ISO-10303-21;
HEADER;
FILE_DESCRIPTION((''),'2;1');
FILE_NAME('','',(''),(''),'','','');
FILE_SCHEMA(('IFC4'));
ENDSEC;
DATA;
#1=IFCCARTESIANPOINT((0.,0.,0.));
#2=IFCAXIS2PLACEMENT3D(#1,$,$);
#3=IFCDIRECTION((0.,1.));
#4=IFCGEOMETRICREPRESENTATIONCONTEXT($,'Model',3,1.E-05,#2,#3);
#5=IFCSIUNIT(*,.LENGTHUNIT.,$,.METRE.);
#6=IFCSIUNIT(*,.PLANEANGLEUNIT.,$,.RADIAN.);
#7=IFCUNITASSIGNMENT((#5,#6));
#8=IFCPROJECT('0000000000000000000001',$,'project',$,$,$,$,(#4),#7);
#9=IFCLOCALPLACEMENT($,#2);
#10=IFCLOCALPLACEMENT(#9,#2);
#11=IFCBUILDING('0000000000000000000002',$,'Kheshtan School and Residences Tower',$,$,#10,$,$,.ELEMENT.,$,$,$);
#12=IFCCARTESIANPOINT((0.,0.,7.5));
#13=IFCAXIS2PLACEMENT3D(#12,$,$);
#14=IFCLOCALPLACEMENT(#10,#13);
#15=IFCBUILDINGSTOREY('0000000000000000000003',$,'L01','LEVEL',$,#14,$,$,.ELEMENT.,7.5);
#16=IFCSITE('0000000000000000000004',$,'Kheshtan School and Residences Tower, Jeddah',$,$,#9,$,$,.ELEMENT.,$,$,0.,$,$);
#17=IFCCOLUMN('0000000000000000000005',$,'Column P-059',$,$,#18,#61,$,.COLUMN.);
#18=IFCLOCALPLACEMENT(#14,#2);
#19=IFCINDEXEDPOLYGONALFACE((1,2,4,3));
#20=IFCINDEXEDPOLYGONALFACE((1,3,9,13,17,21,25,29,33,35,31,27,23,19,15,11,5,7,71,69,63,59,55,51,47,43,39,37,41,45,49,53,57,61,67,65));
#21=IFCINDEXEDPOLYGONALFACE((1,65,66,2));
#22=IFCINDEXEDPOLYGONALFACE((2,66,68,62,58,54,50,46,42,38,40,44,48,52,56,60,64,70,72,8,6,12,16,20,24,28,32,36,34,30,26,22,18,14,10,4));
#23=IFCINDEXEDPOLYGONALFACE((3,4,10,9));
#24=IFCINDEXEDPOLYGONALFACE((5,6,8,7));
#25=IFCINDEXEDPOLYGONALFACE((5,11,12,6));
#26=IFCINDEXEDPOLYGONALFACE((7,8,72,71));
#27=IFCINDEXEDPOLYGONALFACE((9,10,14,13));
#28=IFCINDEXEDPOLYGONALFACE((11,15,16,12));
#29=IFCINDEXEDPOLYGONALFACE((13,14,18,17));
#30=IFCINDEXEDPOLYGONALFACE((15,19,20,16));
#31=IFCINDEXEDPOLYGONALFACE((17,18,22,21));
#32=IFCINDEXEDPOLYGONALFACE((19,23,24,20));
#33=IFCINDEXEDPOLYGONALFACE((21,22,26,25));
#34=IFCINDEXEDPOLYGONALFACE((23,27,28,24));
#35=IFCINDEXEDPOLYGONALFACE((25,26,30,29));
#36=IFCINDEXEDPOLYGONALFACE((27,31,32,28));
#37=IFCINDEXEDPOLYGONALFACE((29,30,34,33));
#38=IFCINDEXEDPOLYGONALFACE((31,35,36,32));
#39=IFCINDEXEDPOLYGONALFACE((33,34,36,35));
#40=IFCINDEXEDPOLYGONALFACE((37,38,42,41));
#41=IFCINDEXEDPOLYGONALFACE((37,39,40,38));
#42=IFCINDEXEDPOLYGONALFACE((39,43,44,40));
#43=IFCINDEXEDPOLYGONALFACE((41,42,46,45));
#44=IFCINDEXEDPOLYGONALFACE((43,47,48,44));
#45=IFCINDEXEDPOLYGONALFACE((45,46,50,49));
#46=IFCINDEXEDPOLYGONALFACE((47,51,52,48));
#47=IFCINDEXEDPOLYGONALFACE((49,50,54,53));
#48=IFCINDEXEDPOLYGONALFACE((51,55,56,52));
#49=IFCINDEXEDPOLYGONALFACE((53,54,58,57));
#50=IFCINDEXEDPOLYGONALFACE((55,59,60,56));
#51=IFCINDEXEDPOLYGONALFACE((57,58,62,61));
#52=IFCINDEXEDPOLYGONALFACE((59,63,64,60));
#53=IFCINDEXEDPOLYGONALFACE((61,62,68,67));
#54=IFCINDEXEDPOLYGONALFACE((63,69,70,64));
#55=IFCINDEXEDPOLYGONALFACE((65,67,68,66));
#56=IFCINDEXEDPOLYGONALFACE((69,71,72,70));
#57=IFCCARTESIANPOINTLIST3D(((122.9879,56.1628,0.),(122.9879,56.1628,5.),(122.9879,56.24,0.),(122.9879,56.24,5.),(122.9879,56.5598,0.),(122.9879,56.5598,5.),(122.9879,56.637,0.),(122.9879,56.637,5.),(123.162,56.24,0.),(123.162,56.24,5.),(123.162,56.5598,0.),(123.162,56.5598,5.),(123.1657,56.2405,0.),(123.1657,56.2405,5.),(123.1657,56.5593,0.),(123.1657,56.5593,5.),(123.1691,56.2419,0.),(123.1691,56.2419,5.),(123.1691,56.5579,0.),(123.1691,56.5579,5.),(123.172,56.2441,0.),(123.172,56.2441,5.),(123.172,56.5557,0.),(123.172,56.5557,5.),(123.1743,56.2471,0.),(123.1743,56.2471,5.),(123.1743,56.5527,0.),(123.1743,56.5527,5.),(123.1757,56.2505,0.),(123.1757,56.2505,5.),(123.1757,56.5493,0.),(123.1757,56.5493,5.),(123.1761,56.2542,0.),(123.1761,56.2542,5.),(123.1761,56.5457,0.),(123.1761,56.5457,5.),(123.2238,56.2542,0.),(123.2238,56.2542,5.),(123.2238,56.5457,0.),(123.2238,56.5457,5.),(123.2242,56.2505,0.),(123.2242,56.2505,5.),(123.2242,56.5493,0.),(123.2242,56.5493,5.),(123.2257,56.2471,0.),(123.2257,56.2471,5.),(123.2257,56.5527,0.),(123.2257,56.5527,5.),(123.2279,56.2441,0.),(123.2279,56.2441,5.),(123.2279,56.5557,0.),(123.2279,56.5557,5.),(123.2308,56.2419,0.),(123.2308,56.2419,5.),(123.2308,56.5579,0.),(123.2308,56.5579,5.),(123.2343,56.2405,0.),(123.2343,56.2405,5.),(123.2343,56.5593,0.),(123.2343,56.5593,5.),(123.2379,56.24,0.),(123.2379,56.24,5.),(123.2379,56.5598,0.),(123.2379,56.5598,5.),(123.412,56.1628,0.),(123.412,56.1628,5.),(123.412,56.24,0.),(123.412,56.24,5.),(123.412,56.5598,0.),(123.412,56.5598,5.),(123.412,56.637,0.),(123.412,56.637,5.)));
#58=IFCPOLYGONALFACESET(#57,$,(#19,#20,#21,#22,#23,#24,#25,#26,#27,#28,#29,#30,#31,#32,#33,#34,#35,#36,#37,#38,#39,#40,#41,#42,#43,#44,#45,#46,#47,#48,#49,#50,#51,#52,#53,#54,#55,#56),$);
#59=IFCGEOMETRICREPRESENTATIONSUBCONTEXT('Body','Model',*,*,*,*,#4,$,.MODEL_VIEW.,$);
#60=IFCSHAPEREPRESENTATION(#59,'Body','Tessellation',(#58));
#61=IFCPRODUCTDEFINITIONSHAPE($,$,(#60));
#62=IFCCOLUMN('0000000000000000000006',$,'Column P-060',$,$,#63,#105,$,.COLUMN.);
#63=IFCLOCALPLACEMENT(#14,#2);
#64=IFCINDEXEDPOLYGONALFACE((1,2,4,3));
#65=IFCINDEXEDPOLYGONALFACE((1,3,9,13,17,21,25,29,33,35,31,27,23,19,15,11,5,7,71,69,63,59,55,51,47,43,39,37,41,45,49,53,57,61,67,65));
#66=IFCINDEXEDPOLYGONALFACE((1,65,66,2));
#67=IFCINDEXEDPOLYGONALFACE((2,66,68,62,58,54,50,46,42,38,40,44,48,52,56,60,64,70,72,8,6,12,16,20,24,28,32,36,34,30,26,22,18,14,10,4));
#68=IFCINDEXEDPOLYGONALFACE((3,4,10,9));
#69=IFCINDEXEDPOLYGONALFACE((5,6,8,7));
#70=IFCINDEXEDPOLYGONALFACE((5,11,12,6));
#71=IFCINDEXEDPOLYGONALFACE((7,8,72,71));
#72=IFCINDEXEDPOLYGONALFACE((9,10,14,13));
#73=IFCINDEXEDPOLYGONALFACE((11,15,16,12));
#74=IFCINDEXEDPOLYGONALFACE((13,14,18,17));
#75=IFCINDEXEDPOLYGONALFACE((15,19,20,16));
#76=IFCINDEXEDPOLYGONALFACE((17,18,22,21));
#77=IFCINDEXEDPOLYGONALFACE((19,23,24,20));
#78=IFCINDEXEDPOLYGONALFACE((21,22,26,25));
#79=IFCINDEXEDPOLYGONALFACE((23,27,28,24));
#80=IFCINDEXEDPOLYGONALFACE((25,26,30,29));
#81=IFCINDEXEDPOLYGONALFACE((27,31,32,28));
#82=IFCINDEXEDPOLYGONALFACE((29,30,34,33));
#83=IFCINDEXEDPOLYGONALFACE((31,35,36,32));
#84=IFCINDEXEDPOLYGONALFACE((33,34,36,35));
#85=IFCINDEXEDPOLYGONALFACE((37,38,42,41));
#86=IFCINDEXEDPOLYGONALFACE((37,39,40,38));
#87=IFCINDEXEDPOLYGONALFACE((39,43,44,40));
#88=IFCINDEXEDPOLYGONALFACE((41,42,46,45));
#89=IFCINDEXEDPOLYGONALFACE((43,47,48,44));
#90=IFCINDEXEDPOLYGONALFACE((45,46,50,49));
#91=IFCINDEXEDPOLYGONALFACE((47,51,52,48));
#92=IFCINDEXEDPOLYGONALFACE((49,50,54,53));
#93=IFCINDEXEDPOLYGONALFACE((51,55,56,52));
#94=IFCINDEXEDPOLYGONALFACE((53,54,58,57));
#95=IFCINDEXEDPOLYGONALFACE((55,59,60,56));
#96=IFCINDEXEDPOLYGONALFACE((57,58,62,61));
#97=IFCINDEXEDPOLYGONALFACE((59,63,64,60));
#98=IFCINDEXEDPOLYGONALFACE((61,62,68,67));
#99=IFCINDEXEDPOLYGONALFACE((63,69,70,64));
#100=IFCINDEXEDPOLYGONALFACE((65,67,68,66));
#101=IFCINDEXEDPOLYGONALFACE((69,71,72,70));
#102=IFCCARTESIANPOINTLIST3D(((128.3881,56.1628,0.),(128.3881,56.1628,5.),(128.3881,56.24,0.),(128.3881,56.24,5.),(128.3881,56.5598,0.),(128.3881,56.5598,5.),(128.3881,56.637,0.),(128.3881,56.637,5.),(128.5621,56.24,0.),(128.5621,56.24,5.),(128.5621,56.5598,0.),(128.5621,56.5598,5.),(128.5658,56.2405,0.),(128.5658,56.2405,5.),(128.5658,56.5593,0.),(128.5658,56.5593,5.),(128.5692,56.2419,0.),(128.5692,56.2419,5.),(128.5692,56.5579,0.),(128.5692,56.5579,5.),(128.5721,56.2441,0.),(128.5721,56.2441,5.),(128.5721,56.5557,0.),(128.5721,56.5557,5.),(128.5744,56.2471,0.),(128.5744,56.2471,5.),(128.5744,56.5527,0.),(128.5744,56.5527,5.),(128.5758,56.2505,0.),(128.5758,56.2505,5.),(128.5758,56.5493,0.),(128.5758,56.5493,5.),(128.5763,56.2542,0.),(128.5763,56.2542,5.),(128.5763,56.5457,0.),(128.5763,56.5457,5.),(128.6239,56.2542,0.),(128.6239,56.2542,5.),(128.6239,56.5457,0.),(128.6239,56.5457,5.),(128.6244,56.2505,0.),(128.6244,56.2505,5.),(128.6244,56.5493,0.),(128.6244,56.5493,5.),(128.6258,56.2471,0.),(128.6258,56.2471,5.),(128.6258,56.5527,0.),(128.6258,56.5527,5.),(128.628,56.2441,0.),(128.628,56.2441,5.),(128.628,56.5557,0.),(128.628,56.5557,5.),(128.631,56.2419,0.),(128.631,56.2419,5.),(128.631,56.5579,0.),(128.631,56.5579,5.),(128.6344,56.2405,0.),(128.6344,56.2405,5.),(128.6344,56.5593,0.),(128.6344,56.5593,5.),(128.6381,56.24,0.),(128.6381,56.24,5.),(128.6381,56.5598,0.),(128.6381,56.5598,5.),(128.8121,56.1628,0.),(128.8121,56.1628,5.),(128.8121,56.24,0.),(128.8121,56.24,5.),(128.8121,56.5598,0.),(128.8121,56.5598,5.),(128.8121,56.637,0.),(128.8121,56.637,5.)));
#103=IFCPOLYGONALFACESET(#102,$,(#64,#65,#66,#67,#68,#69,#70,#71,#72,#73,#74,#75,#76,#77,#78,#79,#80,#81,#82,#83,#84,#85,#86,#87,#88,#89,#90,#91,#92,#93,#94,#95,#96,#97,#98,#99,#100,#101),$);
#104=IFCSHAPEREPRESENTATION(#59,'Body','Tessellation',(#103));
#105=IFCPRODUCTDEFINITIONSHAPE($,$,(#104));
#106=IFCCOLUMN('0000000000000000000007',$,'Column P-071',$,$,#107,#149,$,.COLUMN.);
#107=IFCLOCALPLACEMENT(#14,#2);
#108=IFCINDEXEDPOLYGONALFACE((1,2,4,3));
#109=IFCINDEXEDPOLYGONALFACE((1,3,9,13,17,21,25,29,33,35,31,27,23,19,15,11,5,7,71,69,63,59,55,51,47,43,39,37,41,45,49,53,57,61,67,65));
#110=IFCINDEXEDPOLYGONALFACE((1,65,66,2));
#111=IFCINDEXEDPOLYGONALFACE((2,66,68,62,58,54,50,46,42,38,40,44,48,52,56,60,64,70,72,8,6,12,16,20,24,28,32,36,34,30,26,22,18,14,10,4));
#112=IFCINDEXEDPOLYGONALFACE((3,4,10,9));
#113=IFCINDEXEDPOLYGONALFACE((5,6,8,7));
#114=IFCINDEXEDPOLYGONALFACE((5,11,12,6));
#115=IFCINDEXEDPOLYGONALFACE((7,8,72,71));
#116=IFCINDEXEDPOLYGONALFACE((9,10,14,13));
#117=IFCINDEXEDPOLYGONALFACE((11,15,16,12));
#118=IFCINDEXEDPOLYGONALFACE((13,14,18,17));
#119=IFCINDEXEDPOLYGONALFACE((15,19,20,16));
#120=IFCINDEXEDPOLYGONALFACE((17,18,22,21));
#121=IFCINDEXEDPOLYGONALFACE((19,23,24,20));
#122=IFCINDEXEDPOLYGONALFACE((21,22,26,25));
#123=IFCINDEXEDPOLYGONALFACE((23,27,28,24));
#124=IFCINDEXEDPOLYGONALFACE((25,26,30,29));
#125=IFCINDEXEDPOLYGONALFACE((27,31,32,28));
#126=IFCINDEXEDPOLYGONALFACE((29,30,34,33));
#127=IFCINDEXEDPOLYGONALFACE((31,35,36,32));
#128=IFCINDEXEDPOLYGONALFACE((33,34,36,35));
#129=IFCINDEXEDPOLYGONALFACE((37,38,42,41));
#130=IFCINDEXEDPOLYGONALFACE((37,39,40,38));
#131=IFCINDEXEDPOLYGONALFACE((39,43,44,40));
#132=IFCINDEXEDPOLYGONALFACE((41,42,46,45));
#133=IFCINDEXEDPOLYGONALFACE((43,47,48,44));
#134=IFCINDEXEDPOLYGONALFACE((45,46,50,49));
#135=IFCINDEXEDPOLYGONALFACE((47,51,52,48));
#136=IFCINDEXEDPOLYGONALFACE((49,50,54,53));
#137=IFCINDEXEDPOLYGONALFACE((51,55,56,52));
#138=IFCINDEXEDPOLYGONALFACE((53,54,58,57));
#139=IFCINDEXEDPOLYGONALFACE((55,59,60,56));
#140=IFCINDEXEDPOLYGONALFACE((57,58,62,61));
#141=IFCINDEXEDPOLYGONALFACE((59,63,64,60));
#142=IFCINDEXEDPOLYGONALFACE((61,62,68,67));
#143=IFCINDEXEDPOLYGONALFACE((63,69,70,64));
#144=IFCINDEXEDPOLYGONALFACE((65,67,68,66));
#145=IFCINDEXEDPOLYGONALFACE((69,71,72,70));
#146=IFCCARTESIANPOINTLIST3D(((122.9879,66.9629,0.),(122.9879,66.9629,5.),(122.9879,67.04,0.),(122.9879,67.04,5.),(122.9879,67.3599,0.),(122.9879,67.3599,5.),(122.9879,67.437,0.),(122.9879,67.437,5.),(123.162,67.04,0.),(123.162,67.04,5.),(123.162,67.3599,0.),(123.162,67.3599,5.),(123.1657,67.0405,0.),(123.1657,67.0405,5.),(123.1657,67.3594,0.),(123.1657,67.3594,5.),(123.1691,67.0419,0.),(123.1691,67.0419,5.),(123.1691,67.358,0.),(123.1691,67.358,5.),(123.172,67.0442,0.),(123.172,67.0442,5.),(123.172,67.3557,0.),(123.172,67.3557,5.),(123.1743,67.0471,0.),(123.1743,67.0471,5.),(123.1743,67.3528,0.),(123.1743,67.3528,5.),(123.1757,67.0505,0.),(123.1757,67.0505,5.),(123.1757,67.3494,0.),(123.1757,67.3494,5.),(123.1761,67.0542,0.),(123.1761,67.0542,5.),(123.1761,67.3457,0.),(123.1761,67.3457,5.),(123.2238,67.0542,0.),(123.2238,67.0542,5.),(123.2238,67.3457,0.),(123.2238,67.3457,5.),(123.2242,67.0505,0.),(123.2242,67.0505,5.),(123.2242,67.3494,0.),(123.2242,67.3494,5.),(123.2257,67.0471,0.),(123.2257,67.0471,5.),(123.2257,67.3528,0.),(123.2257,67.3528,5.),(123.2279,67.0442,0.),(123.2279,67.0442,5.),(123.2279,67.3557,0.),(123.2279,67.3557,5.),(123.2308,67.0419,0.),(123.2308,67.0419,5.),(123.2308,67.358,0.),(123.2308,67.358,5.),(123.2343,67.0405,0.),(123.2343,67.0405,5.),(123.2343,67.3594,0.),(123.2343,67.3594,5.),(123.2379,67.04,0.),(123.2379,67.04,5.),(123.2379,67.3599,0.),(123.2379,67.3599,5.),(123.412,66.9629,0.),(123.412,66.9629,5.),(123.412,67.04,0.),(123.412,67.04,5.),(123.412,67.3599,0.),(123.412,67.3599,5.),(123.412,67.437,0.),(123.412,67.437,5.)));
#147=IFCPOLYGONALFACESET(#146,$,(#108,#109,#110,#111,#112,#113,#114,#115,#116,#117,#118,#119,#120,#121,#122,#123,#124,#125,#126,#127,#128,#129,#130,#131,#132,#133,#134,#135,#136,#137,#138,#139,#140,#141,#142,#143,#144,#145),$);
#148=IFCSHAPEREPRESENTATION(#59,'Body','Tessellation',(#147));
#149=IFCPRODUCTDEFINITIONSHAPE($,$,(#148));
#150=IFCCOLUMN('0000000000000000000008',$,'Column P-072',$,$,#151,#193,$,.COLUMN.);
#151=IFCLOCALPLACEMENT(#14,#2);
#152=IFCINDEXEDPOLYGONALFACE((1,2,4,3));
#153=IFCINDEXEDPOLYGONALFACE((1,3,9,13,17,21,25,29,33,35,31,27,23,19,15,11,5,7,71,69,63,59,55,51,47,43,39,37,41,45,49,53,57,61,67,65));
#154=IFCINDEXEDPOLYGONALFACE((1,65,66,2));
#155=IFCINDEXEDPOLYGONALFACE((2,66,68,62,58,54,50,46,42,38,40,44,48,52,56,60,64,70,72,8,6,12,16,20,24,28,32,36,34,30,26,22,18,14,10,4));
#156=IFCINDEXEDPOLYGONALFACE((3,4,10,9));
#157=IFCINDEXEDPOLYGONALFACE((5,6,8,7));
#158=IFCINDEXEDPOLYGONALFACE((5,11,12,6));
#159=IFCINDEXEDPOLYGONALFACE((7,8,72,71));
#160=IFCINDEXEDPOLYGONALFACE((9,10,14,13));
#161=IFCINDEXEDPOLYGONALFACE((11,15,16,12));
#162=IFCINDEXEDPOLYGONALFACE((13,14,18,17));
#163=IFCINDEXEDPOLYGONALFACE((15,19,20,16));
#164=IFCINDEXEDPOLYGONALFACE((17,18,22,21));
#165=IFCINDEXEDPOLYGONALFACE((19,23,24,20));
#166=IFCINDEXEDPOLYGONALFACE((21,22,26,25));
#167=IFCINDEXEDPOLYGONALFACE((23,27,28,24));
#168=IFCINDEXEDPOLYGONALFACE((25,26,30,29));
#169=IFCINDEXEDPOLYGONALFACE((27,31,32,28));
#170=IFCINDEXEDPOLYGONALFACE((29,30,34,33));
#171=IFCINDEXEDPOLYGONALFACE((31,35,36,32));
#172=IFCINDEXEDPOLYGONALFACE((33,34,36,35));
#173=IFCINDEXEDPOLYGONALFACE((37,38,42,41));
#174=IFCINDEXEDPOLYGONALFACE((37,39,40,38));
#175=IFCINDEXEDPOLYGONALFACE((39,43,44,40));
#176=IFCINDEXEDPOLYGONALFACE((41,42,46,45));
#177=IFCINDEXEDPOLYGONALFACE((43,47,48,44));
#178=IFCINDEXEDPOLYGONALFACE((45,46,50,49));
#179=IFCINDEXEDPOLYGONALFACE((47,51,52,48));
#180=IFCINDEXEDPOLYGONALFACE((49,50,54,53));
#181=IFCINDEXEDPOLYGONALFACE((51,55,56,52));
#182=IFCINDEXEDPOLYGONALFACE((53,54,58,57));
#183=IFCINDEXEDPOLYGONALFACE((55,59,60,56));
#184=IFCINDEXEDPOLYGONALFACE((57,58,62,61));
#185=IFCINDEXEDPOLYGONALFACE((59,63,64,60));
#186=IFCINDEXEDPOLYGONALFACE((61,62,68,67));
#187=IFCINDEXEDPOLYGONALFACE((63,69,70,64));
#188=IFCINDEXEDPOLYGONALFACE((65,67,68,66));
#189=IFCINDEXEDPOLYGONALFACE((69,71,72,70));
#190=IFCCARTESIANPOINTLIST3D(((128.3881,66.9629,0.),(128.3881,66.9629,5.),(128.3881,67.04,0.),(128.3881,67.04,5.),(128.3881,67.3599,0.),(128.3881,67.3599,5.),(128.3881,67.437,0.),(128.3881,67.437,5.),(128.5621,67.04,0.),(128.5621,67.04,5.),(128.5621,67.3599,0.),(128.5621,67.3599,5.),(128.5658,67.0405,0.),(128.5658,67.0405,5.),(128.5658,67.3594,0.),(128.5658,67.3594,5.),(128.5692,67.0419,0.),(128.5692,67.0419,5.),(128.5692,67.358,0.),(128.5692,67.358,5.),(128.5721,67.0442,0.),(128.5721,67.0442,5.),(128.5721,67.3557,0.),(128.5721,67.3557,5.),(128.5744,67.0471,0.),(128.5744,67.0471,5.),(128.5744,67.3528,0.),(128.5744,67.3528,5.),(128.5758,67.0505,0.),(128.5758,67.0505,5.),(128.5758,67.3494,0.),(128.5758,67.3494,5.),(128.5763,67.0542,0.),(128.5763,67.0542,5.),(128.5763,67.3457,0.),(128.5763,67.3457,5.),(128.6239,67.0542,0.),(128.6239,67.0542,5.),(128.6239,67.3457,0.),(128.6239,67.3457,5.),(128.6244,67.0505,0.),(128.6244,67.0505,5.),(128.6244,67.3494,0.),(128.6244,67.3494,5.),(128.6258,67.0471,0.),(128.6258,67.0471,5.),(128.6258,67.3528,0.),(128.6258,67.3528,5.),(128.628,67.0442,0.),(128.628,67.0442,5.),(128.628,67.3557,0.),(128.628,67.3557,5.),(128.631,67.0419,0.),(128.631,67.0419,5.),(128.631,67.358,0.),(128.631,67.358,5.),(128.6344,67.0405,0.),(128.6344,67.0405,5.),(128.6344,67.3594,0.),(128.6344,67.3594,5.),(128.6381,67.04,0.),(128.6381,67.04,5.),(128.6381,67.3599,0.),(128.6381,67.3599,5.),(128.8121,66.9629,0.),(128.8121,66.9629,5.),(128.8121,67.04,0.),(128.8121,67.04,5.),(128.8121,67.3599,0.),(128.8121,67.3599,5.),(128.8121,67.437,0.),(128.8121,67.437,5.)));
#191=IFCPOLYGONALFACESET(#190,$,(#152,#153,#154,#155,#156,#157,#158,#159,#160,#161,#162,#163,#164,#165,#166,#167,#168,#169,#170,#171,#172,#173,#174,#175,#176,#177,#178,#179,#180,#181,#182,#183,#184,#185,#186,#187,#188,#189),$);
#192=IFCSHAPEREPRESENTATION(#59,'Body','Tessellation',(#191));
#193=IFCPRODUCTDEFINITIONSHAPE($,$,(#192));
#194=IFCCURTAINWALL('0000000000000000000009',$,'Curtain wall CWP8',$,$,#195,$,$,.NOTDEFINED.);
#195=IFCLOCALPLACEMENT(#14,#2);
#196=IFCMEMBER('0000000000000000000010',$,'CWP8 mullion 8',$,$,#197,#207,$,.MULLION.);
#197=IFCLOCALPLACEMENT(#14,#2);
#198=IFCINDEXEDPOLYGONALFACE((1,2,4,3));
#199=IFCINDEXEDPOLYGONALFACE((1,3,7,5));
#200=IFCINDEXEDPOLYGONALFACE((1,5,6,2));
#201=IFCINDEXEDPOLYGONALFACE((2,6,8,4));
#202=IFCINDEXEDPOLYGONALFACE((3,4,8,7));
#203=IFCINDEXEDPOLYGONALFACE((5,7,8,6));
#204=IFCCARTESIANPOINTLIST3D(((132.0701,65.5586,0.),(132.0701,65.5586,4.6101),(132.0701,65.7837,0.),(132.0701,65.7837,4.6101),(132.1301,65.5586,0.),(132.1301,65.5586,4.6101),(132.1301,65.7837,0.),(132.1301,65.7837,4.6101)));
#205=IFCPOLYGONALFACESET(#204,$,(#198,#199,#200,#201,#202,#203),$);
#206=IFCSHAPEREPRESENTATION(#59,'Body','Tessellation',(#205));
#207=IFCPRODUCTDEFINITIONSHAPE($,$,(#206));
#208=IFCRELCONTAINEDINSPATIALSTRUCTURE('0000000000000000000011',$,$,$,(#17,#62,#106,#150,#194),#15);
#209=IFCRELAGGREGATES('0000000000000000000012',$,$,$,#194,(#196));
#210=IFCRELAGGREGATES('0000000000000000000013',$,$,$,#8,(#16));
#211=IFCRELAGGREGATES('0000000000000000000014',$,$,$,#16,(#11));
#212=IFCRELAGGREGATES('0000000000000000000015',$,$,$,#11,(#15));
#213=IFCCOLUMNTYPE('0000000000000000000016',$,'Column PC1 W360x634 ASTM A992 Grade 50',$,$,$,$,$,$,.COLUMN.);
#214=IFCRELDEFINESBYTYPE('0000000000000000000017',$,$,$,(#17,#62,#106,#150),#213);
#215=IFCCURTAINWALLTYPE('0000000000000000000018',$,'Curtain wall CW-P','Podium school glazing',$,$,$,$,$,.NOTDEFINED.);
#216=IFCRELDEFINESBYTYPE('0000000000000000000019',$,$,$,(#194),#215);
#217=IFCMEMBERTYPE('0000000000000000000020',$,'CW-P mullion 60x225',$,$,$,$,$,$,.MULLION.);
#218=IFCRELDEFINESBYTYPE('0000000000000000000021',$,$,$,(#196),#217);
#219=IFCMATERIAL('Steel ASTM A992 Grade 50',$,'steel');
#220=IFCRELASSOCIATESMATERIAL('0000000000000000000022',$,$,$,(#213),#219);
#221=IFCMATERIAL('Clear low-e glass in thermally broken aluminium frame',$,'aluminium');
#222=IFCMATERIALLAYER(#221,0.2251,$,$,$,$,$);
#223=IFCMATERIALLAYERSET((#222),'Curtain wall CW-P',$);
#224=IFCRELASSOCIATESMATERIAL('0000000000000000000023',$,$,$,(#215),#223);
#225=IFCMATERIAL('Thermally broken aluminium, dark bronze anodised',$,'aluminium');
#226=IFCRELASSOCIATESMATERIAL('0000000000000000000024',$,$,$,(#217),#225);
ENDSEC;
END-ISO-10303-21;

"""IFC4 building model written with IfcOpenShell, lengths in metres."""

from ifc_helpers import new_model, si_unit, direction, frame, origin, origin_2d, place, context, subcontext, project, spatial, rectangle, i_section, extrude, material, layer, layer_set, material_profile, profile_set, type_object, element, aggregate, save


model = new_model("IFC4")

# Units and contexts
model_context = context("Model", 3, precision=1e-05, world=origin(), true_north=direction((0.0, 1.0)))
body_context = subcontext(model_context, "Body", "Model", "MODEL_VIEW")
ifc_project = project(units=[si_unit("LENGTHUNIT", "METRE"), si_unit("PLANEANGLEUNIT", "RADIAN")], contexts=[model_context])

# Site, building, storey
site_placement = place(None, origin())
site = spatial("IfcSite", under=ifc_project, at=site_placement, Name="Kheshtan School and Residences Tower, Jeddah", CompositionType="ELEMENT", RefElevation=0.0)
building_placement = place(site_placement, origin())
building = spatial("IfcBuilding", under=site, at=building_placement, Name="Kheshtan School and Residences Tower", CompositionType="ELEMENT")
storey_placement = place(building_placement, frame((0.0, 0.0, 7.5)))
storey = spatial("IfcBuildingStorey", under=building, at=storey_placement, Name="L01", Description="LEVEL", CompositionType="ELEMENT", Elevation=7.5)

# Columns
ifc_material_1 = material(Name="Steel ASTM A992 Grade 50", Category="steel")
ifc_material_profile_1 = material_profile(ifc_material_1, i_section(OverallWidth=0.4241, OverallDepth=0.4741, WebThickness=0.0476, FlangeThickness=0.0771, FilletRadius=0.0142, at=origin_2d()), Name="W360x634")
ifc_profile_set_1 = profile_set([ifc_material_profile_1], Name="Steel ASTM A992 Grade 50")
column_type = type_object("IfcColumnType", Name="Column PC1 W360x634 ASTM A992 Grade 50", PredefinedType="COLUMN", material=ifc_profile_set_1)
for number, where, z_axis, x_axis, name in (
    (1, (123.2, 56.3999, 0.0), (0.0, 0.0, 1.0), (1.0, 0.0, 0.0), "Column P-059"),
    (2, (128.6001, 56.3999, 0.0), (0.0, 0.0, 1.0), (1.0, 0.0, 0.0), "Column P-060"),
    (3, (123.2, 67.2, 0.0), (0.0, 0.0, 1.0), (1.0, 0.0, 0.0), "Column P-071"),
    (4, (128.6001, 67.2, 0.0), (0.0, 0.0, 1.0), (1.0, 0.0, 0.0), "Column P-072"),
):
    element("IfcColumn", number, at=place(storey_placement, frame(where, z_axis=z_axis, x_axis=x_axis)), inside=storey, type_object=column_type, Name=name, PredefinedType="COLUMN", context=body_context, shape_type="SweptSolid", body=[
        extrude(i_section(OverallWidth=0.4241, OverallDepth=0.4741, WebThickness=0.0476, FlangeThickness=0.0771, FilletRadius=0.0142, at=origin_2d()), origin(), (0.0, 0.0, 1.0), 5.0),
    ])

# Curtain wall, member
ifc_material_2 = material(Name="Clear low-e glass in thermally broken aluminium frame", Category="aluminium")
ifc_layer_1 = layer(ifc_material_2, 0.2251)
ifc_layer_set_1 = layer_set([ifc_layer_1], Name="Curtain wall CW-P")
curtain_wall_type = type_object("IfcCurtainWallType", Name="Curtain wall CW-P", Description="Podium school glazing", PredefinedType="NOTDEFINED", material=ifc_layer_set_1)
curtain_wall_placement = place(storey_placement, origin())
curtain_wall = element("IfcCurtainWall", 5, at=curtain_wall_placement, inside=storey, type_object=curtain_wall_type, Name="Curtain wall CWP8", PredefinedType="NOTDEFINED")
ifc_material_3 = material(Name="Thermally broken aluminium, dark bronze anodised", Category="aluminium")
ifc_material_profile_2 = material_profile(ifc_material_3, rectangle(XDim=0.0601, YDim=0.2251, at=origin_2d()), Name="CW-P mullion 60x225")
ifc_profile_set_2 = profile_set([ifc_material_profile_2], Name="Thermally broken aluminium, dark bronze anodised")
member_type = type_object("IfcMemberType", Name="CW-P mullion 60x225", PredefinedType="MULLION", material=ifc_profile_set_2)
member_1_placement = place(storey_placement, frame((132.1001, 65.6711, 0.0), z_axis=(0.0, 0.0, 1.0), x_axis=(1.0, 0.0, 0.0)))
member_1 = element("IfcMember", 6, at=member_1_placement, type_object=member_type, Name="CWP8 mullion 8", PredefinedType="MULLION", context=body_context, shape_type="SweptSolid", body=[
    extrude(rectangle(XDim=0.0601, YDim=0.2251, at=origin_2d()), origin(), (0.0, 0.0, 1.0), 4.6101),
])
aggregate(curtain_wall, [member_1])

save(model, "model.ifc")
